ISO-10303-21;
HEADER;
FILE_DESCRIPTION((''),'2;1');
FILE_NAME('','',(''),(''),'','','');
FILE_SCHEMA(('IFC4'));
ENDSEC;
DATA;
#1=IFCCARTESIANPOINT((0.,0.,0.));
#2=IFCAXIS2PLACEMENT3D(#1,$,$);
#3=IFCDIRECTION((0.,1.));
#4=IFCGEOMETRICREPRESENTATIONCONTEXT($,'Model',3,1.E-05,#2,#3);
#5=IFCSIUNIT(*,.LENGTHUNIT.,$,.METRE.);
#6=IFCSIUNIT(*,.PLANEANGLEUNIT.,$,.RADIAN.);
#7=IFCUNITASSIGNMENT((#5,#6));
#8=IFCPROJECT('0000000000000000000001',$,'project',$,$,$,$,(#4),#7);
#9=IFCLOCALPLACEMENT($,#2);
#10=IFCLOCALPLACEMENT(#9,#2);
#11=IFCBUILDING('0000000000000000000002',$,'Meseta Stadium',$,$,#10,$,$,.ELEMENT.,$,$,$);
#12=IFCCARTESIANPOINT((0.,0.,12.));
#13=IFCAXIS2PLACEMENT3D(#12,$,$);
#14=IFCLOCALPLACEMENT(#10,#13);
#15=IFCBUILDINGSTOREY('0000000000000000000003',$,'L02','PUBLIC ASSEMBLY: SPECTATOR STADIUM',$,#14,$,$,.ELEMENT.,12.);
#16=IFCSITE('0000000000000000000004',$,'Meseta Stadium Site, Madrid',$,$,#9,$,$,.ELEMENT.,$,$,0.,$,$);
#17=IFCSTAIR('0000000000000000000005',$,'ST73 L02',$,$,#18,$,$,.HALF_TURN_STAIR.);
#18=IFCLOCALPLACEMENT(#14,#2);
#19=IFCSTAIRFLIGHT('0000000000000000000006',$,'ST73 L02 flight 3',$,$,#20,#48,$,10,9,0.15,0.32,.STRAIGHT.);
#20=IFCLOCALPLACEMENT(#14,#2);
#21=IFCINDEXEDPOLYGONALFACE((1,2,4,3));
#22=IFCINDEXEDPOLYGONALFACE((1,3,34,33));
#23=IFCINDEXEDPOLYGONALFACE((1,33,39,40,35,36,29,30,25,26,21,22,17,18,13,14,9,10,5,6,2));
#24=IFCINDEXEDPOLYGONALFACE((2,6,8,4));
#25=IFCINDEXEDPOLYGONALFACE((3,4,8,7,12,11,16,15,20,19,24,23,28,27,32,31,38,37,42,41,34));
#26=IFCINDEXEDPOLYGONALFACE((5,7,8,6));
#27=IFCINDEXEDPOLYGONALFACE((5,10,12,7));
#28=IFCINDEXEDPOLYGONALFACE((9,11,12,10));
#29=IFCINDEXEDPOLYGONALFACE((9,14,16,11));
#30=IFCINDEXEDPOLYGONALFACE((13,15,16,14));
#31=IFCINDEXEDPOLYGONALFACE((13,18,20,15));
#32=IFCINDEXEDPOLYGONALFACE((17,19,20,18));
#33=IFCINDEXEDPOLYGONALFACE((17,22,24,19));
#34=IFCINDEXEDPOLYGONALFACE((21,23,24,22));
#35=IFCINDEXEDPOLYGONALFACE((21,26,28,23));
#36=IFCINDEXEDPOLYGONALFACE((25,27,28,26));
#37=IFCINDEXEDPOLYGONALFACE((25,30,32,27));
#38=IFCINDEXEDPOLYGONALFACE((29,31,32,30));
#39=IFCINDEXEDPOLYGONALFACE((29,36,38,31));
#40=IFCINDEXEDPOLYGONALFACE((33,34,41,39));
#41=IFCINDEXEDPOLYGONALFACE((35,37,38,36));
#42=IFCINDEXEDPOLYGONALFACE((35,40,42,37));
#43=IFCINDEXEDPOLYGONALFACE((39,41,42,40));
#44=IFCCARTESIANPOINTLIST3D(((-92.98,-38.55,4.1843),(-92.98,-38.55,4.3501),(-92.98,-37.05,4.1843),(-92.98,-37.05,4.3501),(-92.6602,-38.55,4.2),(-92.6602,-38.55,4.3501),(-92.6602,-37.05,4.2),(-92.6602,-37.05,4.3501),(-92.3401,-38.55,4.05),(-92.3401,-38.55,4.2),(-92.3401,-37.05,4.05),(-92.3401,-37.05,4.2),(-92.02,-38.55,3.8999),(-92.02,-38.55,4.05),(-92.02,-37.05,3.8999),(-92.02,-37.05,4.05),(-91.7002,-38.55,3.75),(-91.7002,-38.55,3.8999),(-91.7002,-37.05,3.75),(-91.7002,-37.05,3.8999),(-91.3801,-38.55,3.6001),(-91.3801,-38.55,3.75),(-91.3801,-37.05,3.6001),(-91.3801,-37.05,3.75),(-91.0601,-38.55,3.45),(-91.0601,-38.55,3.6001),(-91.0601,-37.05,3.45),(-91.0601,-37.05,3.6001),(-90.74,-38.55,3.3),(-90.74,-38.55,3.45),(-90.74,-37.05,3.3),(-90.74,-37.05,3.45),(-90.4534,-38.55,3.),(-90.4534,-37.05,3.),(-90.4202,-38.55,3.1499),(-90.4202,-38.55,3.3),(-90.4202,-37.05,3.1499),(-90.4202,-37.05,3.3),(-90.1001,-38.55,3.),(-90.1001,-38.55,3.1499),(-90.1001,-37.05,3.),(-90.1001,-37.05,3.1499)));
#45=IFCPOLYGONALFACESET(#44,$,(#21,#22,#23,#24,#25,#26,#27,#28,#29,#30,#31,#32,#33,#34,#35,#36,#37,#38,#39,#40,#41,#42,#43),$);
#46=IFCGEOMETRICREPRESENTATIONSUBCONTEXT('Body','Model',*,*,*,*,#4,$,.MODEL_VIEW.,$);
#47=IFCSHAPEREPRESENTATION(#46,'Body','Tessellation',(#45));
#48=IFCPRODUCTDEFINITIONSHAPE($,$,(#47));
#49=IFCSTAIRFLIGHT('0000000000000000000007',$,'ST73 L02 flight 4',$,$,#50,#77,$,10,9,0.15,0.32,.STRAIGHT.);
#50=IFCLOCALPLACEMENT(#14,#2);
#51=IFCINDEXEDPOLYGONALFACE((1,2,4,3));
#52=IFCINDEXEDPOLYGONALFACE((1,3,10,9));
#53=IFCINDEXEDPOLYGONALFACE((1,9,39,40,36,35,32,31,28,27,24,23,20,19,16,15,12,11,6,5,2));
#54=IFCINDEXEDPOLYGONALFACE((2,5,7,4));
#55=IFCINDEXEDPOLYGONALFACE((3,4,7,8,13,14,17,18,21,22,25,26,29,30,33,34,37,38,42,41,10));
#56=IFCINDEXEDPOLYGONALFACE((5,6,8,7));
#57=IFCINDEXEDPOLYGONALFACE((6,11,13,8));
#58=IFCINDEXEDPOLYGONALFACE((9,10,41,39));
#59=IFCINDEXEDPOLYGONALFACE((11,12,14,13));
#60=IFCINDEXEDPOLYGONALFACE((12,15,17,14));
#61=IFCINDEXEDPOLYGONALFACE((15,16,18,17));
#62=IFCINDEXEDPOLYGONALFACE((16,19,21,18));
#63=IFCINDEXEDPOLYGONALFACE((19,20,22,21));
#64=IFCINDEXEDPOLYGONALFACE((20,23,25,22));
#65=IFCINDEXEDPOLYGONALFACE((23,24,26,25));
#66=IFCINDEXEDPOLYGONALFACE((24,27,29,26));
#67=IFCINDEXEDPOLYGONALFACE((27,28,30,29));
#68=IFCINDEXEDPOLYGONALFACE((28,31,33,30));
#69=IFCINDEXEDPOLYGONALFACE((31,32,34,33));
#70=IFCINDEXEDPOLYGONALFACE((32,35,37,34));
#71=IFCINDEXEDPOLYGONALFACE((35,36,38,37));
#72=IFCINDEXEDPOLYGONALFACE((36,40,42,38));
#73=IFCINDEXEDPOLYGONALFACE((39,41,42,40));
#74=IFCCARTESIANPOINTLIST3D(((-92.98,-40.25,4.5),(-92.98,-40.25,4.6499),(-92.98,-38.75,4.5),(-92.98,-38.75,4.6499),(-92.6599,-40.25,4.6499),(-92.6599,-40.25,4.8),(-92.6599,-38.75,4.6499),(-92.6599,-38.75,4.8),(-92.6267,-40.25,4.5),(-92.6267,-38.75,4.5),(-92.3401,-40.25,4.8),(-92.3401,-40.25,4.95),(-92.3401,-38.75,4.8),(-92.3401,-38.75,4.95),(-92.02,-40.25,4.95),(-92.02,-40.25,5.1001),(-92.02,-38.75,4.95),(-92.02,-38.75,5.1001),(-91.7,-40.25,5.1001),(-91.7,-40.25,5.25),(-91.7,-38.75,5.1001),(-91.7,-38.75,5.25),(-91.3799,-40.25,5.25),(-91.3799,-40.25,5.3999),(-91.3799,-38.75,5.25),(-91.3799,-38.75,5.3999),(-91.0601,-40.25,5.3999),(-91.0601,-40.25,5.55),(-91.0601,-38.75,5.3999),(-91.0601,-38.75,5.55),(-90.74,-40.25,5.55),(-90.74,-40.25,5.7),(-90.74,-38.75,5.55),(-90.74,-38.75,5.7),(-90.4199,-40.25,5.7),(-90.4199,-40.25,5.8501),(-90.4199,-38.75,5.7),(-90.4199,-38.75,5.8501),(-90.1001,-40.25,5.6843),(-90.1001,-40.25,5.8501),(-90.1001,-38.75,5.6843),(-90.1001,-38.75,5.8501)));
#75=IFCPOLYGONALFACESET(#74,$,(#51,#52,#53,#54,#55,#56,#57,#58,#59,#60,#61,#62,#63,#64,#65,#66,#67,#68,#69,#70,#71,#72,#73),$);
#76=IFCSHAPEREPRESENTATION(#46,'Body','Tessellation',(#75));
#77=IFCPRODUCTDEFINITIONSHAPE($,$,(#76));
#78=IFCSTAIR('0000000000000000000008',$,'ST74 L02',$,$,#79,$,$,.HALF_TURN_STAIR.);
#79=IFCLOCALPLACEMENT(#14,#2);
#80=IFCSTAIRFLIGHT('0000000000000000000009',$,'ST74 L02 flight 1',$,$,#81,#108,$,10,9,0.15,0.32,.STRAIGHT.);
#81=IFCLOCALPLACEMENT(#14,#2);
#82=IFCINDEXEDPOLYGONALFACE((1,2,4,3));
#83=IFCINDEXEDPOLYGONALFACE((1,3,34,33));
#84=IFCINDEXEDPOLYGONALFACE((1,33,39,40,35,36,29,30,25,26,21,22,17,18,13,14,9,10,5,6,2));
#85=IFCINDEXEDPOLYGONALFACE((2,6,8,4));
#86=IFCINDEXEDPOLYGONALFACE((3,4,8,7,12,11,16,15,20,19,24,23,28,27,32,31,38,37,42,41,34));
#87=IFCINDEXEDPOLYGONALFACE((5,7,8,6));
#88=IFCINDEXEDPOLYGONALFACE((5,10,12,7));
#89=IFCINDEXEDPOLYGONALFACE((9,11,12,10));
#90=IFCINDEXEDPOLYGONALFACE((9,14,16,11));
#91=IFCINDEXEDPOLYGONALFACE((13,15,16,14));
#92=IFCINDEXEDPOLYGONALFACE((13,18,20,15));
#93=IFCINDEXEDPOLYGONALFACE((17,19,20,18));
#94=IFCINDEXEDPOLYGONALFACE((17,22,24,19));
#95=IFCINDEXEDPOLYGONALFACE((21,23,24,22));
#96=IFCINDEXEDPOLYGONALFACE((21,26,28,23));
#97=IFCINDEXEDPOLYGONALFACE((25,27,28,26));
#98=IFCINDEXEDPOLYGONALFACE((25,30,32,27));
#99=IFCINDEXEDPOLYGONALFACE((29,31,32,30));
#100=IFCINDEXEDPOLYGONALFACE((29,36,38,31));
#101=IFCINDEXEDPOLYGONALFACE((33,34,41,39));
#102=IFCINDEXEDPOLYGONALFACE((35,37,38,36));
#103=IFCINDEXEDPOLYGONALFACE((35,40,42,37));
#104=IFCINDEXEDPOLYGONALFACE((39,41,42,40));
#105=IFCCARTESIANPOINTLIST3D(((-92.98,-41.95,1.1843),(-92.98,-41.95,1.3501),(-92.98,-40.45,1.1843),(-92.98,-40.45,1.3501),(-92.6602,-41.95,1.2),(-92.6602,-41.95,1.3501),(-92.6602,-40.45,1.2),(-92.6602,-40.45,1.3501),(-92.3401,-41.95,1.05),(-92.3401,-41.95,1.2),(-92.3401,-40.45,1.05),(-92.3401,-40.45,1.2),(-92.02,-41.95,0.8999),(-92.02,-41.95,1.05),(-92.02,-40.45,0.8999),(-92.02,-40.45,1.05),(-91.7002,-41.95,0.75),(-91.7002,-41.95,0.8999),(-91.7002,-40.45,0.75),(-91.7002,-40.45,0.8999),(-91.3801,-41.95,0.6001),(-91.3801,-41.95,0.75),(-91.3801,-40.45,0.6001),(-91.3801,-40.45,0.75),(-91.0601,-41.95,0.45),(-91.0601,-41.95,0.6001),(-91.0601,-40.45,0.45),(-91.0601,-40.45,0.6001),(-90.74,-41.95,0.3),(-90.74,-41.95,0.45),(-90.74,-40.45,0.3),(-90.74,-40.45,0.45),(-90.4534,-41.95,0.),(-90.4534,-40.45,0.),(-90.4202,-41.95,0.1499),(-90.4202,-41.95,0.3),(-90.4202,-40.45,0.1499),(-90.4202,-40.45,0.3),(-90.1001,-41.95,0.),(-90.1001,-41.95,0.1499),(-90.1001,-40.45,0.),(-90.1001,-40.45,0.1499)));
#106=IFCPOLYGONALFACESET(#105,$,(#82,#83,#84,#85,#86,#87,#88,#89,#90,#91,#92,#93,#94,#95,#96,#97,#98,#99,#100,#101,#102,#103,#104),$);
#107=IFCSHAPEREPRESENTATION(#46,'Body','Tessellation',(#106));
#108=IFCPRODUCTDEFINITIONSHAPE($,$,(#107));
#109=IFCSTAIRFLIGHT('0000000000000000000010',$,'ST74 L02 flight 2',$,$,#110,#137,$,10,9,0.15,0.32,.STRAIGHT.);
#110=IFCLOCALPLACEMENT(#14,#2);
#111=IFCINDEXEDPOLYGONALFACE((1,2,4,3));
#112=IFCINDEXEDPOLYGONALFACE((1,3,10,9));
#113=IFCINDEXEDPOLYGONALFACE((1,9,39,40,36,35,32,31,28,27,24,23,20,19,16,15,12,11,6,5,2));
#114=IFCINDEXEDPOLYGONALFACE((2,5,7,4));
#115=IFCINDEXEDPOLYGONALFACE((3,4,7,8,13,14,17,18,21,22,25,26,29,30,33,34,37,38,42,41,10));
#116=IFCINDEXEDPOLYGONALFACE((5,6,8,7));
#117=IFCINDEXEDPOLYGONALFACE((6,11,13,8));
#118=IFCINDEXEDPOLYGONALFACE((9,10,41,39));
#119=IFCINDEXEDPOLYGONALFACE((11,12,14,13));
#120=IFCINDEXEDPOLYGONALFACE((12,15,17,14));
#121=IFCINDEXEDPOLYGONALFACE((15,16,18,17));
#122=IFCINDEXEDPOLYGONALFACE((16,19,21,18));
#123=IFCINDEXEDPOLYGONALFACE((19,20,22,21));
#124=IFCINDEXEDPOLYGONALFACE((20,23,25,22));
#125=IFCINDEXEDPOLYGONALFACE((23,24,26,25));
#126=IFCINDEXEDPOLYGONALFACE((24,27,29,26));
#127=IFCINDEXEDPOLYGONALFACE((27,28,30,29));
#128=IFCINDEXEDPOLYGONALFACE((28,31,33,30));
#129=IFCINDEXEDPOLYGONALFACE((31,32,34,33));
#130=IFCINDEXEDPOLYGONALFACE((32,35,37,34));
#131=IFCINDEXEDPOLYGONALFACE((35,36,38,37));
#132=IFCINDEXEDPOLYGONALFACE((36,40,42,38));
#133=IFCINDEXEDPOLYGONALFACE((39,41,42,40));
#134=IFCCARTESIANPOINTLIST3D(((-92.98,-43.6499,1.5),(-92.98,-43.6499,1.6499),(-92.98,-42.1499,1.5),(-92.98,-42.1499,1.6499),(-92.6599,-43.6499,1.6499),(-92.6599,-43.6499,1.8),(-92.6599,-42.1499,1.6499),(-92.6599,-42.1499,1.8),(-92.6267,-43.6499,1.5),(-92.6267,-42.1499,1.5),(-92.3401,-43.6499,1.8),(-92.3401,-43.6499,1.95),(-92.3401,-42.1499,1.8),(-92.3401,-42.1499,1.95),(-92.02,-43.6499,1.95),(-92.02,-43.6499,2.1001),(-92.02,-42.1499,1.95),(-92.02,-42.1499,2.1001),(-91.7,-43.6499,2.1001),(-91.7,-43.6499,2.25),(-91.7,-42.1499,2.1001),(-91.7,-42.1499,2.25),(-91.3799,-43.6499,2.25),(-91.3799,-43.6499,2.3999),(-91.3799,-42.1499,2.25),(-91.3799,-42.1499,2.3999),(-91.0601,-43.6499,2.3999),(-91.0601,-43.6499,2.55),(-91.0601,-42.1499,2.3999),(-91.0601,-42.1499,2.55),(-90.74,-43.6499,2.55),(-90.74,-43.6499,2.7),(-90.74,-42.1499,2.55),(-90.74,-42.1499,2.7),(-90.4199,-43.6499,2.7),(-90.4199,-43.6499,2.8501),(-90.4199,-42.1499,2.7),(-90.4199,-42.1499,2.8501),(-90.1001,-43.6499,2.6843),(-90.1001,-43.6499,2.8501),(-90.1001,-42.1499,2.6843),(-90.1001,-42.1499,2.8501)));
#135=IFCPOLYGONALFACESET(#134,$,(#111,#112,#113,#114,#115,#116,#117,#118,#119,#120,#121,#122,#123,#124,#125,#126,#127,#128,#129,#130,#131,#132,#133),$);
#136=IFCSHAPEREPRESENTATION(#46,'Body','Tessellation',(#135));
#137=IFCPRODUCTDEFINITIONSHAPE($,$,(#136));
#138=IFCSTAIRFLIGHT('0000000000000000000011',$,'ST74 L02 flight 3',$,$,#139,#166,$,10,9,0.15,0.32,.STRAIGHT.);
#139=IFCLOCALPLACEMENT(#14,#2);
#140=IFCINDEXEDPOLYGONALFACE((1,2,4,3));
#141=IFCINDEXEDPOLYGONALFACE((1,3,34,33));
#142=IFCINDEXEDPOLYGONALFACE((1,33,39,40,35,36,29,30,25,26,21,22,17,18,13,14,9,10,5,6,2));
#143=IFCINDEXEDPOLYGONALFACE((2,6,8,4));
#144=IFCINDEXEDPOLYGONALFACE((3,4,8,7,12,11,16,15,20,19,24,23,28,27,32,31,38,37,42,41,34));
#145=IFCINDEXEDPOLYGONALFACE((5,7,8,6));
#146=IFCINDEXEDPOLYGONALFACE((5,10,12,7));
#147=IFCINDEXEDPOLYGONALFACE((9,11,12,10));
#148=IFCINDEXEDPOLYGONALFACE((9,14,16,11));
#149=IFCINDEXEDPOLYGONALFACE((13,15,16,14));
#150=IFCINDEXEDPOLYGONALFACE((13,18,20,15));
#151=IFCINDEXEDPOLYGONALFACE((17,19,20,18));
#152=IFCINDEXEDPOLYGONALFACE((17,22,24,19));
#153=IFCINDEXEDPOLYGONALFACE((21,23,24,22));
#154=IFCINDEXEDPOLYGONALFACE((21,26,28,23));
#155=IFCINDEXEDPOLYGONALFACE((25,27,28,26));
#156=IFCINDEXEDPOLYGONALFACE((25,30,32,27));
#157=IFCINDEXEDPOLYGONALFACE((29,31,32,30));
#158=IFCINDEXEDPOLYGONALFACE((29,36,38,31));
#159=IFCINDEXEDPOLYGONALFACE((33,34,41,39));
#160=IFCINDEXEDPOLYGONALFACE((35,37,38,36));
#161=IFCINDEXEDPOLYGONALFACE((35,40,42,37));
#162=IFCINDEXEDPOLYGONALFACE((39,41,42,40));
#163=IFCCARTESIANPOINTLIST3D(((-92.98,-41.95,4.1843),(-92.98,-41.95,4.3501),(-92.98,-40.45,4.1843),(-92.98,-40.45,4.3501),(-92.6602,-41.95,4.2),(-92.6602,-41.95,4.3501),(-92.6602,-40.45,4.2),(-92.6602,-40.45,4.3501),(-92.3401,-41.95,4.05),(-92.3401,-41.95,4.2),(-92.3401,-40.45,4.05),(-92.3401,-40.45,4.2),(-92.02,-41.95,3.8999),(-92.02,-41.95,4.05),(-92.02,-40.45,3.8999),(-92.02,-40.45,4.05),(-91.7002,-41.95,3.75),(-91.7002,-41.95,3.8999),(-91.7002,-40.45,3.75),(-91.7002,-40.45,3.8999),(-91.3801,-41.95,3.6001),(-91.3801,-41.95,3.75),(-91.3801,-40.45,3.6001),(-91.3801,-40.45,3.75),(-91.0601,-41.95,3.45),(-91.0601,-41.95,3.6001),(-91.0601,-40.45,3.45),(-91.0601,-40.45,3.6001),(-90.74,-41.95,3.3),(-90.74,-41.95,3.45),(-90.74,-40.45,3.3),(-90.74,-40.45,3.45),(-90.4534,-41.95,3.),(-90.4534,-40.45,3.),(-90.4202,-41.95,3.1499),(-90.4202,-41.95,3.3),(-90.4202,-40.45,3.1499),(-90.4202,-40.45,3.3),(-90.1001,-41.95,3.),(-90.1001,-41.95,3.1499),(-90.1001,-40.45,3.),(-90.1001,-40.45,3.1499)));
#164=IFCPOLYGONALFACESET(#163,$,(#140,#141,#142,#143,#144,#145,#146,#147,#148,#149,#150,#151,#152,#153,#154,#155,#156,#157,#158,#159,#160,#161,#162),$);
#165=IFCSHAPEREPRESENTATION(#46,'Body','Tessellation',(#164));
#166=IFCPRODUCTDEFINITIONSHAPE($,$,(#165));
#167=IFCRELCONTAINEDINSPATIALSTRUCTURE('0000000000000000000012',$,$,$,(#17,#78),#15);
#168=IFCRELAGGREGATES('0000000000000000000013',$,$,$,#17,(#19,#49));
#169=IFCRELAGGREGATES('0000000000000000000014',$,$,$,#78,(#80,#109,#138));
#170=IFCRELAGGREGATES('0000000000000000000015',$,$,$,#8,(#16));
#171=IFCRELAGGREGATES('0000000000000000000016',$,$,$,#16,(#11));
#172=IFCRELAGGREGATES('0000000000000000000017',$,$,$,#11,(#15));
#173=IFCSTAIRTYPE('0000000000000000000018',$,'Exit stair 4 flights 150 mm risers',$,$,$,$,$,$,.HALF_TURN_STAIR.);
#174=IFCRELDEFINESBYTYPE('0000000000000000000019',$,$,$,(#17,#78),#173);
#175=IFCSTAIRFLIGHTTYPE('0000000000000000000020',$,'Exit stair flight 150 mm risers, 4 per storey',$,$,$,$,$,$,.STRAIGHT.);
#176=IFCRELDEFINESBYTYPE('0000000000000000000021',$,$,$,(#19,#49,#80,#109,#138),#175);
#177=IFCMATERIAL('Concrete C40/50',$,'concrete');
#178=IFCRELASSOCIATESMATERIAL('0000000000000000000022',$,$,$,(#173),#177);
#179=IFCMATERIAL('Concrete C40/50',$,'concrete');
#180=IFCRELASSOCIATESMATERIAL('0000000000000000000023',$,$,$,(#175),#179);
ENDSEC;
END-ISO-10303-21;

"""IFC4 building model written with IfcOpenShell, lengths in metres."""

from ifc_helpers import new_model, si_unit, direction, frame, origin, place, context, subcontext, project, spatial, polyline, outline, extrude, material, type_object, element, aggregate, save


model = new_model("IFC4")

# Units and contexts
model_context = context("Model", 3, precision=1e-05, world=origin(), true_north=direction((0.0, 1.0)))
body_context = subcontext(model_context, "Body", "Model", "MODEL_VIEW")
ifc_project = project(units=[si_unit("LENGTHUNIT", "METRE"), si_unit("PLANEANGLEUNIT", "RADIAN")], contexts=[model_context])

# Site, building, storey
site_placement = place(None, origin())
site = spatial("IfcSite", under=ifc_project, at=site_placement, Name="Meseta Stadium Site, Madrid", CompositionType="ELEMENT", RefElevation=0.0)
building_placement = place(site_placement, origin())
building = spatial("IfcBuilding", under=site, at=building_placement, Name="Meseta Stadium", CompositionType="ELEMENT")
storey_placement = place(building_placement, frame((0.0, 0.0, 12.0)))
storey = spatial("IfcBuildingStorey", under=building, at=storey_placement, Name="L02", Description="PUBLIC ASSEMBLY: SPECTATOR STADIUM", CompositionType="ELEMENT", Elevation=12.0)

# Stairs, stair flights
ifc_material_1 = material(Name="Concrete C40/50", Category="concrete")
stair_type = type_object("IfcStairType", Name="Exit stair 4 flights 150 mm risers", PredefinedType="HALF_TURN_STAIR", material=ifc_material_1)
stair_1_placement = place(storey_placement, origin())
stair_1 = element("IfcStair", 1, at=stair_1_placement, inside=storey, type_object=stair_type, Name="ST73 L02", PredefinedType="HALF_TURN_STAIR")
ifc_material_2 = material(Name="Concrete C40/50", Category="concrete")
stair_flight_type = type_object("IfcStairFlightType", Name="Exit stair flight 150 mm risers, 4 per storey", PredefinedType="STRAIGHT", material=ifc_material_2)
stair_flight_1_placement = place(storey_placement, frame((-90.1001, -37.8, 3.0), z_axis=(0.0, 0.0, 1.0), x_axis=(-1.0, 0.0, 0.0)))
stair_flight_1 = element("IfcStairFlight", 2, at=stair_flight_1_placement, type_object=stair_flight_type, Name="ST73 L02 flight 3", NumberOfRisers=10, NumberOfTreads=9, PredefinedType="STRAIGHT", RiserHeight=0.15, TreadLength=0.32, context=body_context, shape_type="SweptSolid", body=[
    extrude(outline(polyline([(0.0, 0.0), (0.0, 0.1499), (0.3201, 0.1499), (0.3201, 0.3), (0.6399, 0.3), (0.6399, 0.45), (0.96, 0.45), (0.96, 0.6001), (1.28, 0.6001), (1.28, 0.75), (1.6001, 0.75), (1.6001, 0.8999), (1.9199, 0.8999), (1.9199, 1.05), (2.24, 1.05), (2.24, 1.2), (2.5601, 1.2), (2.5601, 1.3501), (2.8799, 1.3501), (2.8799, 1.1843), (0.3533, 0.0), (0.0, 0.0)])), frame((0.0, 0.75, 0.0), z_axis=(0.0, -1.0, 0.0), x_axis=(1.0, 0.0, 0.0)), (0.0, 0.0, 1.0), 1.5),
])
stair_flight_2_placement = place(storey_placement, frame((-92.98, -39.5, 4.5), z_axis=(0.0, 0.0, 1.0), x_axis=(1.0, 0.0, 0.0)))
stair_flight_2 = element("IfcStairFlight", 3, at=stair_flight_2_placement, type_object=stair_flight_type, Name="ST73 L02 flight 4", NumberOfRisers=10, NumberOfTreads=9, PredefinedType="STRAIGHT", RiserHeight=0.15, TreadLength=0.32, context=body_context, shape_type="SweptSolid", body=[
    extrude(outline(polyline([(0.0, 0.0), (0.0, 0.1499), (0.3201, 0.1499), (0.3201, 0.3), (0.6399, 0.3), (0.6399, 0.45), (0.96, 0.45), (0.96, 0.6001), (1.28, 0.6001), (1.28, 0.75), (1.6001, 0.75), (1.6001, 0.8999), (1.9199, 0.8999), (1.9199, 1.05), (2.24, 1.05), (2.24, 1.2), (2.5601, 1.2), (2.5601, 1.3501), (2.8799, 1.3501), (2.8799, 1.1843), (0.3533, 0.0), (0.0, 0.0)])), frame((0.0, 0.75, 0.0), z_axis=(0.0, -1.0, 0.0), x_axis=(1.0, 0.0, 0.0)), (0.0, 0.0, 1.0), 1.5),
])
aggregate(stair_1, [stair_flight_1, stair_flight_2])
stair_2_placement = place(storey_placement, origin())
stair_2 = element("IfcStair", 4, at=stair_2_placement, inside=storey, type_object=stair_type, Name="ST74 L02", PredefinedType="HALF_TURN_STAIR")
stair_flight_3_placement = place(storey_placement, frame((-90.1001, -41.2, 0.0), z_axis=(0.0, 0.0, 1.0), x_axis=(-1.0, 0.0, 0.0)))
stair_flight_3 = element("IfcStairFlight", 5, at=stair_flight_3_placement, type_object=stair_flight_type, Name="ST74 L02 flight 1", NumberOfRisers=10, NumberOfTreads=9, PredefinedType="STRAIGHT", RiserHeight=0.15, TreadLength=0.32, context=body_context, shape_type="SweptSolid", body=[
    extrude(outline(polyline([(0.0, 0.0), (0.0, 0.1499), (0.3201, 0.1499), (0.3201, 0.3), (0.6399, 0.3), (0.6399, 0.45), (0.96, 0.45), (0.96, 0.6001), (1.28, 0.6001), (1.28, 0.75), (1.6001, 0.75), (1.6001, 0.8999), (1.9199, 0.8999), (1.9199, 1.05), (2.24, 1.05), (2.24, 1.2), (2.5601, 1.2), (2.5601, 1.3501), (2.8799, 1.3501), (2.8799, 1.1843), (0.3533, 0.0), (0.0, 0.0)])), frame((0.0, 0.75, 0.0), z_axis=(0.0, -1.0, 0.0), x_axis=(1.0, 0.0, 0.0)), (0.0, 0.0, 1.0), 1.5),
])
stair_flight_4_placement = place(storey_placement, frame((-92.98, -42.8999, 1.5), z_axis=(0.0, 0.0, 1.0), x_axis=(1.0, 0.0, 0.0)))
stair_flight_4 = element("IfcStairFlight", 6, at=stair_flight_4_placement, type_object=stair_flight_type, Name="ST74 L02 flight 2", NumberOfRisers=10, NumberOfTreads=9, PredefinedType="STRAIGHT", RiserHeight=0.15, TreadLength=0.32, context=body_context, shape_type="SweptSolid", body=[
    extrude(outline(polyline([(0.0, 0.0), (0.0, 0.1499), (0.3201, 0.1499), (0.3201, 0.3), (0.6399, 0.3), (0.6399, 0.45), (0.96, 0.45), (0.96, 0.6001), (1.28, 0.6001), (1.28, 0.75), (1.6001, 0.75), (1.6001, 0.8999), (1.9199, 0.8999), (1.9199, 1.05), (2.24, 1.05), (2.24, 1.2), (2.5601, 1.2), (2.5601, 1.3501), (2.8799, 1.3501), (2.8799, 1.1843), (0.3533, 0.0), (0.0, 0.0)])), frame((0.0, 0.75, 0.0), z_axis=(0.0, -1.0, 0.0), x_axis=(1.0, 0.0, 0.0)), (0.0, 0.0, 1.0), 1.5),
])
stair_flight_5_placement = place(storey_placement, frame((-90.1001, -41.2, 3.0), z_axis=(0.0, 0.0, 1.0), x_axis=(-1.0, 0.0, 0.0)))
stair_flight_5 = element("IfcStairFlight", 7, at=stair_flight_5_placement, type_object=stair_flight_type, Name="ST74 L02 flight 3", NumberOfRisers=10, NumberOfTreads=9, PredefinedType="STRAIGHT", RiserHeight=0.15, TreadLength=0.32, context=body_context, shape_type="SweptSolid", body=[
    extrude(outline(polyline([(0.0, 0.0), (0.0, 0.1499), (0.3201, 0.1499), (0.3201, 0.3), (0.6399, 0.3), (0.6399, 0.45), (0.96, 0.45), (0.96, 0.6001), (1.28, 0.6001), (1.28, 0.75), (1.6001, 0.75), (1.6001, 0.8999), (1.9199, 0.8999), (1.9199, 1.05), (2.24, 1.05), (2.24, 1.2), (2.5601, 1.2), (2.5601, 1.3501), (2.8799, 1.3501), (2.8799, 1.1843), (0.3533, 0.0), (0.0, 0.0)])), frame((0.0, 0.75, 0.0), z_axis=(0.0, -1.0, 0.0), x_axis=(1.0, 0.0, 0.0)), (0.0, 0.0, 1.0), 1.5),
])
aggregate(stair_2, [stair_flight_3, stair_flight_4, stair_flight_5])

save(model, "model.ifc")
